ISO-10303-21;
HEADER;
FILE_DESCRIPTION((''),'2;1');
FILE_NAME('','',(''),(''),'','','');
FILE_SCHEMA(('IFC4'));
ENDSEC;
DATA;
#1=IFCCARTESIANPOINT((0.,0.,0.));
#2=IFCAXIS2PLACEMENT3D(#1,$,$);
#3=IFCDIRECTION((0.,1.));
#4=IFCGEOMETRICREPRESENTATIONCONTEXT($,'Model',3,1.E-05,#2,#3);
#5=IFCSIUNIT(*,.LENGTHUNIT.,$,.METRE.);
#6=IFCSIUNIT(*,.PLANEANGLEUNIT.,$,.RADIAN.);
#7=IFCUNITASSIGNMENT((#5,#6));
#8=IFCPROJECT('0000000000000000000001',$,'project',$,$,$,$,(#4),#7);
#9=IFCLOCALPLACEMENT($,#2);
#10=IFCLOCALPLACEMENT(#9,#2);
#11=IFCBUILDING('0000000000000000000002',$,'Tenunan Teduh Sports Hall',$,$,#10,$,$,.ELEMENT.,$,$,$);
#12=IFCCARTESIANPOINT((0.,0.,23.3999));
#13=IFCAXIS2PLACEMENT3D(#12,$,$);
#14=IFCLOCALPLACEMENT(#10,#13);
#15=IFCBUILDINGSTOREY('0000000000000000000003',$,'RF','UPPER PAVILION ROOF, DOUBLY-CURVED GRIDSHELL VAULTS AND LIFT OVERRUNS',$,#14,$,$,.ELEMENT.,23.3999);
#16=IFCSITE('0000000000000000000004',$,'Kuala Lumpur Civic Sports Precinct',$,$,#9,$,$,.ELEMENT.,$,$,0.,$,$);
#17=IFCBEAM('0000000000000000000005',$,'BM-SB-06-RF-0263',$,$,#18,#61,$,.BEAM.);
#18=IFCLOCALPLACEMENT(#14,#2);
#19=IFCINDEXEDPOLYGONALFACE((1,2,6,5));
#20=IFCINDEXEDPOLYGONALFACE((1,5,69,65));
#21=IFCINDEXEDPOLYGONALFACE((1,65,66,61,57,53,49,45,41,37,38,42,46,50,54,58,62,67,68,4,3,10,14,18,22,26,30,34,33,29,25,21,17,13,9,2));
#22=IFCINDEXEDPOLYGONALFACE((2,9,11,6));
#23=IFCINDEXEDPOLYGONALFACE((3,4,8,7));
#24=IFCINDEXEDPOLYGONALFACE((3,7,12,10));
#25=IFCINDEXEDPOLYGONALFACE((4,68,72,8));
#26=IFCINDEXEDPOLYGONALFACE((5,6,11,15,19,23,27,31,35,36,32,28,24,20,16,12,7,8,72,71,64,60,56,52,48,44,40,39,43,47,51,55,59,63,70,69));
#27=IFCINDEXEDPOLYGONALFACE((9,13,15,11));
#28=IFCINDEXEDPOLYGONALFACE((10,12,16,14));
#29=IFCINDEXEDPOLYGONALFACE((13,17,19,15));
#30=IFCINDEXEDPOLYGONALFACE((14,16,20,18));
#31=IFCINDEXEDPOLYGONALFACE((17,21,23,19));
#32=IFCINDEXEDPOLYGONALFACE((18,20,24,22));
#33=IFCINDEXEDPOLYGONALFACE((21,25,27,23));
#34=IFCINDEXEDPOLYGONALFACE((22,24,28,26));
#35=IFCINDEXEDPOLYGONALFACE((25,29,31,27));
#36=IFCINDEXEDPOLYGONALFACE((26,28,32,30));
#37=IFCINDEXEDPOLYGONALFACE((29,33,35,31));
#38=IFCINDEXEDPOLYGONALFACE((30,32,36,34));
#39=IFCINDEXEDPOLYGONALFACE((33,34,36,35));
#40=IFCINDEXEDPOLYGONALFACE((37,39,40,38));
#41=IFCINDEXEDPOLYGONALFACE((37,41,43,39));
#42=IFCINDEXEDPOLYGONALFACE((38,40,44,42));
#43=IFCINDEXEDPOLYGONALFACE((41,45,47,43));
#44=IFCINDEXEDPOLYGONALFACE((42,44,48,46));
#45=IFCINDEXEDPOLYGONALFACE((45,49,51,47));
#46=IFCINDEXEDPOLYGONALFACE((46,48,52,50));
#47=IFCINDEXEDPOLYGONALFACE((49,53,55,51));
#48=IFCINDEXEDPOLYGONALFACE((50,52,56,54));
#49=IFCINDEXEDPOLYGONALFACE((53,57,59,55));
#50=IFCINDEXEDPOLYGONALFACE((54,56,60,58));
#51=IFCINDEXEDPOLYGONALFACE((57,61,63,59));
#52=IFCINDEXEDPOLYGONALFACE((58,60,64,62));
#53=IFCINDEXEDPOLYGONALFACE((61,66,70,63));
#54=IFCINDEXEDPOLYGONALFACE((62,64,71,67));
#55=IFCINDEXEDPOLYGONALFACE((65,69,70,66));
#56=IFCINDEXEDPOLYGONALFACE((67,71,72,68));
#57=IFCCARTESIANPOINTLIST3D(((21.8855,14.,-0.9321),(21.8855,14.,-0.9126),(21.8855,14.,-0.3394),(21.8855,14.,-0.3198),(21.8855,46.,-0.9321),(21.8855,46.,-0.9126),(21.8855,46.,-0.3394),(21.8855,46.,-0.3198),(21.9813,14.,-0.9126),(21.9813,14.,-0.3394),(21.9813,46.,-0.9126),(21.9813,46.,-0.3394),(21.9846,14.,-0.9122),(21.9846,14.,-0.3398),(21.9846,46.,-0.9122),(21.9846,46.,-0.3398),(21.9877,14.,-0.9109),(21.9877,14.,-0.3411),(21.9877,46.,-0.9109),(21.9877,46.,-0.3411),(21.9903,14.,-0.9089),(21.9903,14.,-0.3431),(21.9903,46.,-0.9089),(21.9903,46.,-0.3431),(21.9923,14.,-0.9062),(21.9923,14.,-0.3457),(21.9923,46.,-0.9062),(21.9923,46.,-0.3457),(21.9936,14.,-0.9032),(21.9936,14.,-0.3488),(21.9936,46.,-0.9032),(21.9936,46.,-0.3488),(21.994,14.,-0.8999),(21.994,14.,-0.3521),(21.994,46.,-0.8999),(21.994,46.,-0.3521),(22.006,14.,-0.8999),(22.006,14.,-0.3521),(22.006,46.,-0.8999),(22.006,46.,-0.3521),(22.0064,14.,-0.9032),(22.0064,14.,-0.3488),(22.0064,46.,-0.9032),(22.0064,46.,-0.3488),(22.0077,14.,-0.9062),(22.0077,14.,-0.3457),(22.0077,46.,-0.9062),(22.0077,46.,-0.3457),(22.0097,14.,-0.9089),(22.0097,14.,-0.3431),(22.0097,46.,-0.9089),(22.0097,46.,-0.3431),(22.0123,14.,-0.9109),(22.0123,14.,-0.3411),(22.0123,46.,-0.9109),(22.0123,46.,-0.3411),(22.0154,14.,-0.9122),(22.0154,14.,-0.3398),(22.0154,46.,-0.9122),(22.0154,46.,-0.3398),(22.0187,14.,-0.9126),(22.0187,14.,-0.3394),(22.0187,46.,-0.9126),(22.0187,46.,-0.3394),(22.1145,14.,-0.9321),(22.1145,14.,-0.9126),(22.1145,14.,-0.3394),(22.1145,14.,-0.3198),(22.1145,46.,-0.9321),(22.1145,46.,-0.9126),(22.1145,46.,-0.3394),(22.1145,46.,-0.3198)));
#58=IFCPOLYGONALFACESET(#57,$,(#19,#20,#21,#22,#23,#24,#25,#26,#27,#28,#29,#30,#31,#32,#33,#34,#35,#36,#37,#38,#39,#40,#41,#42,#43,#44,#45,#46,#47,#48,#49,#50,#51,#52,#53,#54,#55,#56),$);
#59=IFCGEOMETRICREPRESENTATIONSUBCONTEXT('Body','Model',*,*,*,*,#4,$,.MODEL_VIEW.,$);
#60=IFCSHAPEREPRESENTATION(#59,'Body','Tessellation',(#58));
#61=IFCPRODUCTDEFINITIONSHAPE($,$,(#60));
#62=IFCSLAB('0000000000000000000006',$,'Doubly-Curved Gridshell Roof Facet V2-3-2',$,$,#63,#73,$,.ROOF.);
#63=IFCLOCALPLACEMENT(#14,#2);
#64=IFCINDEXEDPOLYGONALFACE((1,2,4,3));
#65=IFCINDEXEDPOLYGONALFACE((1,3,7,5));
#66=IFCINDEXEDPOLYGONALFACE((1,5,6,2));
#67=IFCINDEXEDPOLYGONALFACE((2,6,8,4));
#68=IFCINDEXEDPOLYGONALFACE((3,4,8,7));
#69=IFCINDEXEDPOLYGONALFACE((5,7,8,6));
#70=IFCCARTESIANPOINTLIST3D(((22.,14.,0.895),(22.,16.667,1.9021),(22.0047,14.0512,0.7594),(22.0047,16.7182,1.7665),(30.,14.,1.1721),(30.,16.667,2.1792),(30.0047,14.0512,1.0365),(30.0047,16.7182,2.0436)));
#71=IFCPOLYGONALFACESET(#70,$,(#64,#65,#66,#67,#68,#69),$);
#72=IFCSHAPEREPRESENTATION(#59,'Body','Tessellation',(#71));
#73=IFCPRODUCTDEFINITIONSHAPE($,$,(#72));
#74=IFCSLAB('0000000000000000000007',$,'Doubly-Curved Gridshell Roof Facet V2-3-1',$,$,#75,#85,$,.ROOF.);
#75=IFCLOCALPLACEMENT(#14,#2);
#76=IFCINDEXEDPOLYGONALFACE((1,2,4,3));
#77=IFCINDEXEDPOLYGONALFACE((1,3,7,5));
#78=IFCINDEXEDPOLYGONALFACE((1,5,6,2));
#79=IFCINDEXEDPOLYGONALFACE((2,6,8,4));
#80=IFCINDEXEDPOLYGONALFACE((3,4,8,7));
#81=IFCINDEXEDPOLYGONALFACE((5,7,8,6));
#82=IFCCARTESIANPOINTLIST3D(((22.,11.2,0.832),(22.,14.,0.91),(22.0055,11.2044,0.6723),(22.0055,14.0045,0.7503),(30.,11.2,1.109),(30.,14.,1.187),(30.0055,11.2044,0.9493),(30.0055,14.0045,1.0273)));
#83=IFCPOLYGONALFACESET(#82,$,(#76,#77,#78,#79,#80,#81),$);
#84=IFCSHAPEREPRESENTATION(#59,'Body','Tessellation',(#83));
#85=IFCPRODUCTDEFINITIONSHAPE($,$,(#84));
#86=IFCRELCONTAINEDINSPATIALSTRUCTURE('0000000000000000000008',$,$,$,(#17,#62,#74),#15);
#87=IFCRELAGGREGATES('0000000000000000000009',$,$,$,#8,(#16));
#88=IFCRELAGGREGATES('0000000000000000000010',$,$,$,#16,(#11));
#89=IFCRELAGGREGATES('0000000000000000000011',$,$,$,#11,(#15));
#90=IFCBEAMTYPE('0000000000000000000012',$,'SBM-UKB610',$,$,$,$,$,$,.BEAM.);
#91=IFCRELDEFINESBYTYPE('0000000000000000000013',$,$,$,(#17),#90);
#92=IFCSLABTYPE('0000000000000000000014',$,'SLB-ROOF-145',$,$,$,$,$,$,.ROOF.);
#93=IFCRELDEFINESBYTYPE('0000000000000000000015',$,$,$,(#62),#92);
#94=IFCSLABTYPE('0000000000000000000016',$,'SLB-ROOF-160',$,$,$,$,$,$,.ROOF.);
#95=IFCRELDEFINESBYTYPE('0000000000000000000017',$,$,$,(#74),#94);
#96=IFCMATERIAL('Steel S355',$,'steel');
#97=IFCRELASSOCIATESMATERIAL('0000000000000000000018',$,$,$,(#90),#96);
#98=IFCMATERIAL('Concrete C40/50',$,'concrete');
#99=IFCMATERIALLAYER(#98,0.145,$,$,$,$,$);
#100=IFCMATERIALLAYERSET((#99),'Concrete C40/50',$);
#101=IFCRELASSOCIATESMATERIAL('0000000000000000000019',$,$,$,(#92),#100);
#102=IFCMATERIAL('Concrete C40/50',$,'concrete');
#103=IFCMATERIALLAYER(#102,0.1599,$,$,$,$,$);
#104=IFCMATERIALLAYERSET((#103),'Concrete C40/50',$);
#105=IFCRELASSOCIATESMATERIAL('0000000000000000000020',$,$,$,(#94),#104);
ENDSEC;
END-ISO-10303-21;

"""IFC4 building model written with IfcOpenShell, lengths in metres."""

from ifc_helpers import new_model, si_unit, direction, frame, origin, origin_2d, place, context, subcontext, project, spatial, polyline, i_section, outline, extrude, material, layer, layer_set, material_profile, profile_set, type_object, element, save


model = new_model("IFC4")

# Units and contexts
model_context = context("Model", 3, precision=1e-05, world=origin(), true_north=direction((0.0, 1.0)))
body_context = subcontext(model_context, "Body", "Model", "MODEL_VIEW")
ifc_project = project(units=[si_unit("LENGTHUNIT", "METRE"), si_unit("PLANEANGLEUNIT", "RADIAN")], contexts=[model_context])

# Site, building, storey
site_placement = place(None, origin())
site = spatial("IfcSite", under=ifc_project, at=site_placement, Name="Kuala Lumpur Civic Sports Precinct", CompositionType="ELEMENT", RefElevation=0.0)
building_placement = place(site_placement, origin())
building = spatial("IfcBuilding", under=site, at=building_placement, Name="Tenunan Teduh Sports Hall", CompositionType="ELEMENT")
storey_placement = place(building_placement, frame((0.0, 0.0, 23.3999)))
storey = spatial("IfcBuildingStorey", under=building, at=storey_placement, Name="RF", Description="UPPER PAVILION ROOF, DOUBLY-CURVED GRIDSHELL VAULTS AND LIFT OVERRUNS", CompositionType="ELEMENT", Elevation=23.3999)

# Beam
ifc_material_1 = material(Name="Steel S355", Category="steel")
ifc_material_profile_1 = material_profile(ifc_material_1, i_section(OverallWidth=0.229, OverallDepth=0.6123, WebThickness=0.012, FlangeThickness=0.0195, FilletRadius=0.0127, at=origin_2d()), Name="UKB 610x229x125")
ifc_profile_set_1 = profile_set([ifc_material_profile_1], Name="Steel S355")
beam_type_1 = type_object("IfcBeamType", Name="SBM-UKB610", PredefinedType="BEAM", material=ifc_profile_set_1)
beam_1_placement = place(storey_placement, frame((22.0, 14.0, -0.626), z_axis=(0.0, 1.0, 0.0), x_axis=(-1.0, 0.0, 0.0)))
element("IfcBeam", 1, at=beam_1_placement, inside=storey, type_object=beam_type_1, Name="BM-SB-06-RF-0263", PredefinedType="BEAM", context=body_context, shape_type="SweptSolid", body=[
    extrude(i_section(OverallWidth=0.229, OverallDepth=0.6123, WebThickness=0.012, FlangeThickness=0.0195, FilletRadius=0.0127, at=origin_2d()), origin(), (0.0, 0.0, 1.0), 32.0),
])

# Slabs
ifc_material_2 = material(Name="Concrete C40/50", Category="concrete")
ifc_layer_1 = layer(ifc_material_2, 0.145)
ifc_layer_set_1 = layer_set([ifc_layer_1], Name="Concrete C40/50")
slab_type_1 = type_object("IfcSlabType", Name="SLB-ROOF-145", PredefinedType="ROOF", material=ifc_layer_set_1)
slab_1_placement = place(storey_placement, frame((22.0, 14.0, 0.895), z_axis=(-0.032387, -0.353077, 0.935034), x_axis=(0.999401, 0.0, 0.034617)))
element("IfcSlab", 2, at=slab_1_placement, inside=storey, type_object=slab_type_1, Name="Doubly-Curved Gridshell Roof Facet V2-3-2", PredefinedType="ROOF", context=body_context, shape_type="SweptSolid", body=[
    extrude(outline(polyline([(0.0, 0.0), (8.0048, 0.0), (8.0397, 2.8506), (0.0349, 2.8506), (0.0, 0.0)])), origin(), (0.0, 0.0, -1.0), 0.145),
])
ifc_material_3 = material(Name="Concrete C40/50", Category="concrete")
ifc_layer_2 = layer(ifc_material_3, 0.1599)
ifc_layer_set_2 = layer_set([ifc_layer_2], Name="Concrete C40/50")
slab_type_2 = type_object("IfcSlabType", Name="SLB-ROOF-160", PredefinedType="ROOF", material=ifc_layer_set_2)
slab_2_placement = place(storey_placement, frame((22.0, 11.2, 0.832), z_axis=(-0.034588, -0.02783, 0.999014), x_axis=(0.999401, 0.0, 0.034601)))
element("IfcSlab", 3, at=slab_2_placement, inside=storey, type_object=slab_type_2, Name="Doubly-Curved Gridshell Roof Facet V2-3-1", PredefinedType="ROOF", context=body_context, shape_type="SweptSolid", body=[
    extrude(outline(polyline([(0.0, 0.0), (8.0048, 0.0), (8.0075, 2.8011), (0.0027, 2.8011), (0.0, 0.0)])), origin(), (0.0, 0.0, -1.0), 0.1599),
])

save(model, "model.ifc")
